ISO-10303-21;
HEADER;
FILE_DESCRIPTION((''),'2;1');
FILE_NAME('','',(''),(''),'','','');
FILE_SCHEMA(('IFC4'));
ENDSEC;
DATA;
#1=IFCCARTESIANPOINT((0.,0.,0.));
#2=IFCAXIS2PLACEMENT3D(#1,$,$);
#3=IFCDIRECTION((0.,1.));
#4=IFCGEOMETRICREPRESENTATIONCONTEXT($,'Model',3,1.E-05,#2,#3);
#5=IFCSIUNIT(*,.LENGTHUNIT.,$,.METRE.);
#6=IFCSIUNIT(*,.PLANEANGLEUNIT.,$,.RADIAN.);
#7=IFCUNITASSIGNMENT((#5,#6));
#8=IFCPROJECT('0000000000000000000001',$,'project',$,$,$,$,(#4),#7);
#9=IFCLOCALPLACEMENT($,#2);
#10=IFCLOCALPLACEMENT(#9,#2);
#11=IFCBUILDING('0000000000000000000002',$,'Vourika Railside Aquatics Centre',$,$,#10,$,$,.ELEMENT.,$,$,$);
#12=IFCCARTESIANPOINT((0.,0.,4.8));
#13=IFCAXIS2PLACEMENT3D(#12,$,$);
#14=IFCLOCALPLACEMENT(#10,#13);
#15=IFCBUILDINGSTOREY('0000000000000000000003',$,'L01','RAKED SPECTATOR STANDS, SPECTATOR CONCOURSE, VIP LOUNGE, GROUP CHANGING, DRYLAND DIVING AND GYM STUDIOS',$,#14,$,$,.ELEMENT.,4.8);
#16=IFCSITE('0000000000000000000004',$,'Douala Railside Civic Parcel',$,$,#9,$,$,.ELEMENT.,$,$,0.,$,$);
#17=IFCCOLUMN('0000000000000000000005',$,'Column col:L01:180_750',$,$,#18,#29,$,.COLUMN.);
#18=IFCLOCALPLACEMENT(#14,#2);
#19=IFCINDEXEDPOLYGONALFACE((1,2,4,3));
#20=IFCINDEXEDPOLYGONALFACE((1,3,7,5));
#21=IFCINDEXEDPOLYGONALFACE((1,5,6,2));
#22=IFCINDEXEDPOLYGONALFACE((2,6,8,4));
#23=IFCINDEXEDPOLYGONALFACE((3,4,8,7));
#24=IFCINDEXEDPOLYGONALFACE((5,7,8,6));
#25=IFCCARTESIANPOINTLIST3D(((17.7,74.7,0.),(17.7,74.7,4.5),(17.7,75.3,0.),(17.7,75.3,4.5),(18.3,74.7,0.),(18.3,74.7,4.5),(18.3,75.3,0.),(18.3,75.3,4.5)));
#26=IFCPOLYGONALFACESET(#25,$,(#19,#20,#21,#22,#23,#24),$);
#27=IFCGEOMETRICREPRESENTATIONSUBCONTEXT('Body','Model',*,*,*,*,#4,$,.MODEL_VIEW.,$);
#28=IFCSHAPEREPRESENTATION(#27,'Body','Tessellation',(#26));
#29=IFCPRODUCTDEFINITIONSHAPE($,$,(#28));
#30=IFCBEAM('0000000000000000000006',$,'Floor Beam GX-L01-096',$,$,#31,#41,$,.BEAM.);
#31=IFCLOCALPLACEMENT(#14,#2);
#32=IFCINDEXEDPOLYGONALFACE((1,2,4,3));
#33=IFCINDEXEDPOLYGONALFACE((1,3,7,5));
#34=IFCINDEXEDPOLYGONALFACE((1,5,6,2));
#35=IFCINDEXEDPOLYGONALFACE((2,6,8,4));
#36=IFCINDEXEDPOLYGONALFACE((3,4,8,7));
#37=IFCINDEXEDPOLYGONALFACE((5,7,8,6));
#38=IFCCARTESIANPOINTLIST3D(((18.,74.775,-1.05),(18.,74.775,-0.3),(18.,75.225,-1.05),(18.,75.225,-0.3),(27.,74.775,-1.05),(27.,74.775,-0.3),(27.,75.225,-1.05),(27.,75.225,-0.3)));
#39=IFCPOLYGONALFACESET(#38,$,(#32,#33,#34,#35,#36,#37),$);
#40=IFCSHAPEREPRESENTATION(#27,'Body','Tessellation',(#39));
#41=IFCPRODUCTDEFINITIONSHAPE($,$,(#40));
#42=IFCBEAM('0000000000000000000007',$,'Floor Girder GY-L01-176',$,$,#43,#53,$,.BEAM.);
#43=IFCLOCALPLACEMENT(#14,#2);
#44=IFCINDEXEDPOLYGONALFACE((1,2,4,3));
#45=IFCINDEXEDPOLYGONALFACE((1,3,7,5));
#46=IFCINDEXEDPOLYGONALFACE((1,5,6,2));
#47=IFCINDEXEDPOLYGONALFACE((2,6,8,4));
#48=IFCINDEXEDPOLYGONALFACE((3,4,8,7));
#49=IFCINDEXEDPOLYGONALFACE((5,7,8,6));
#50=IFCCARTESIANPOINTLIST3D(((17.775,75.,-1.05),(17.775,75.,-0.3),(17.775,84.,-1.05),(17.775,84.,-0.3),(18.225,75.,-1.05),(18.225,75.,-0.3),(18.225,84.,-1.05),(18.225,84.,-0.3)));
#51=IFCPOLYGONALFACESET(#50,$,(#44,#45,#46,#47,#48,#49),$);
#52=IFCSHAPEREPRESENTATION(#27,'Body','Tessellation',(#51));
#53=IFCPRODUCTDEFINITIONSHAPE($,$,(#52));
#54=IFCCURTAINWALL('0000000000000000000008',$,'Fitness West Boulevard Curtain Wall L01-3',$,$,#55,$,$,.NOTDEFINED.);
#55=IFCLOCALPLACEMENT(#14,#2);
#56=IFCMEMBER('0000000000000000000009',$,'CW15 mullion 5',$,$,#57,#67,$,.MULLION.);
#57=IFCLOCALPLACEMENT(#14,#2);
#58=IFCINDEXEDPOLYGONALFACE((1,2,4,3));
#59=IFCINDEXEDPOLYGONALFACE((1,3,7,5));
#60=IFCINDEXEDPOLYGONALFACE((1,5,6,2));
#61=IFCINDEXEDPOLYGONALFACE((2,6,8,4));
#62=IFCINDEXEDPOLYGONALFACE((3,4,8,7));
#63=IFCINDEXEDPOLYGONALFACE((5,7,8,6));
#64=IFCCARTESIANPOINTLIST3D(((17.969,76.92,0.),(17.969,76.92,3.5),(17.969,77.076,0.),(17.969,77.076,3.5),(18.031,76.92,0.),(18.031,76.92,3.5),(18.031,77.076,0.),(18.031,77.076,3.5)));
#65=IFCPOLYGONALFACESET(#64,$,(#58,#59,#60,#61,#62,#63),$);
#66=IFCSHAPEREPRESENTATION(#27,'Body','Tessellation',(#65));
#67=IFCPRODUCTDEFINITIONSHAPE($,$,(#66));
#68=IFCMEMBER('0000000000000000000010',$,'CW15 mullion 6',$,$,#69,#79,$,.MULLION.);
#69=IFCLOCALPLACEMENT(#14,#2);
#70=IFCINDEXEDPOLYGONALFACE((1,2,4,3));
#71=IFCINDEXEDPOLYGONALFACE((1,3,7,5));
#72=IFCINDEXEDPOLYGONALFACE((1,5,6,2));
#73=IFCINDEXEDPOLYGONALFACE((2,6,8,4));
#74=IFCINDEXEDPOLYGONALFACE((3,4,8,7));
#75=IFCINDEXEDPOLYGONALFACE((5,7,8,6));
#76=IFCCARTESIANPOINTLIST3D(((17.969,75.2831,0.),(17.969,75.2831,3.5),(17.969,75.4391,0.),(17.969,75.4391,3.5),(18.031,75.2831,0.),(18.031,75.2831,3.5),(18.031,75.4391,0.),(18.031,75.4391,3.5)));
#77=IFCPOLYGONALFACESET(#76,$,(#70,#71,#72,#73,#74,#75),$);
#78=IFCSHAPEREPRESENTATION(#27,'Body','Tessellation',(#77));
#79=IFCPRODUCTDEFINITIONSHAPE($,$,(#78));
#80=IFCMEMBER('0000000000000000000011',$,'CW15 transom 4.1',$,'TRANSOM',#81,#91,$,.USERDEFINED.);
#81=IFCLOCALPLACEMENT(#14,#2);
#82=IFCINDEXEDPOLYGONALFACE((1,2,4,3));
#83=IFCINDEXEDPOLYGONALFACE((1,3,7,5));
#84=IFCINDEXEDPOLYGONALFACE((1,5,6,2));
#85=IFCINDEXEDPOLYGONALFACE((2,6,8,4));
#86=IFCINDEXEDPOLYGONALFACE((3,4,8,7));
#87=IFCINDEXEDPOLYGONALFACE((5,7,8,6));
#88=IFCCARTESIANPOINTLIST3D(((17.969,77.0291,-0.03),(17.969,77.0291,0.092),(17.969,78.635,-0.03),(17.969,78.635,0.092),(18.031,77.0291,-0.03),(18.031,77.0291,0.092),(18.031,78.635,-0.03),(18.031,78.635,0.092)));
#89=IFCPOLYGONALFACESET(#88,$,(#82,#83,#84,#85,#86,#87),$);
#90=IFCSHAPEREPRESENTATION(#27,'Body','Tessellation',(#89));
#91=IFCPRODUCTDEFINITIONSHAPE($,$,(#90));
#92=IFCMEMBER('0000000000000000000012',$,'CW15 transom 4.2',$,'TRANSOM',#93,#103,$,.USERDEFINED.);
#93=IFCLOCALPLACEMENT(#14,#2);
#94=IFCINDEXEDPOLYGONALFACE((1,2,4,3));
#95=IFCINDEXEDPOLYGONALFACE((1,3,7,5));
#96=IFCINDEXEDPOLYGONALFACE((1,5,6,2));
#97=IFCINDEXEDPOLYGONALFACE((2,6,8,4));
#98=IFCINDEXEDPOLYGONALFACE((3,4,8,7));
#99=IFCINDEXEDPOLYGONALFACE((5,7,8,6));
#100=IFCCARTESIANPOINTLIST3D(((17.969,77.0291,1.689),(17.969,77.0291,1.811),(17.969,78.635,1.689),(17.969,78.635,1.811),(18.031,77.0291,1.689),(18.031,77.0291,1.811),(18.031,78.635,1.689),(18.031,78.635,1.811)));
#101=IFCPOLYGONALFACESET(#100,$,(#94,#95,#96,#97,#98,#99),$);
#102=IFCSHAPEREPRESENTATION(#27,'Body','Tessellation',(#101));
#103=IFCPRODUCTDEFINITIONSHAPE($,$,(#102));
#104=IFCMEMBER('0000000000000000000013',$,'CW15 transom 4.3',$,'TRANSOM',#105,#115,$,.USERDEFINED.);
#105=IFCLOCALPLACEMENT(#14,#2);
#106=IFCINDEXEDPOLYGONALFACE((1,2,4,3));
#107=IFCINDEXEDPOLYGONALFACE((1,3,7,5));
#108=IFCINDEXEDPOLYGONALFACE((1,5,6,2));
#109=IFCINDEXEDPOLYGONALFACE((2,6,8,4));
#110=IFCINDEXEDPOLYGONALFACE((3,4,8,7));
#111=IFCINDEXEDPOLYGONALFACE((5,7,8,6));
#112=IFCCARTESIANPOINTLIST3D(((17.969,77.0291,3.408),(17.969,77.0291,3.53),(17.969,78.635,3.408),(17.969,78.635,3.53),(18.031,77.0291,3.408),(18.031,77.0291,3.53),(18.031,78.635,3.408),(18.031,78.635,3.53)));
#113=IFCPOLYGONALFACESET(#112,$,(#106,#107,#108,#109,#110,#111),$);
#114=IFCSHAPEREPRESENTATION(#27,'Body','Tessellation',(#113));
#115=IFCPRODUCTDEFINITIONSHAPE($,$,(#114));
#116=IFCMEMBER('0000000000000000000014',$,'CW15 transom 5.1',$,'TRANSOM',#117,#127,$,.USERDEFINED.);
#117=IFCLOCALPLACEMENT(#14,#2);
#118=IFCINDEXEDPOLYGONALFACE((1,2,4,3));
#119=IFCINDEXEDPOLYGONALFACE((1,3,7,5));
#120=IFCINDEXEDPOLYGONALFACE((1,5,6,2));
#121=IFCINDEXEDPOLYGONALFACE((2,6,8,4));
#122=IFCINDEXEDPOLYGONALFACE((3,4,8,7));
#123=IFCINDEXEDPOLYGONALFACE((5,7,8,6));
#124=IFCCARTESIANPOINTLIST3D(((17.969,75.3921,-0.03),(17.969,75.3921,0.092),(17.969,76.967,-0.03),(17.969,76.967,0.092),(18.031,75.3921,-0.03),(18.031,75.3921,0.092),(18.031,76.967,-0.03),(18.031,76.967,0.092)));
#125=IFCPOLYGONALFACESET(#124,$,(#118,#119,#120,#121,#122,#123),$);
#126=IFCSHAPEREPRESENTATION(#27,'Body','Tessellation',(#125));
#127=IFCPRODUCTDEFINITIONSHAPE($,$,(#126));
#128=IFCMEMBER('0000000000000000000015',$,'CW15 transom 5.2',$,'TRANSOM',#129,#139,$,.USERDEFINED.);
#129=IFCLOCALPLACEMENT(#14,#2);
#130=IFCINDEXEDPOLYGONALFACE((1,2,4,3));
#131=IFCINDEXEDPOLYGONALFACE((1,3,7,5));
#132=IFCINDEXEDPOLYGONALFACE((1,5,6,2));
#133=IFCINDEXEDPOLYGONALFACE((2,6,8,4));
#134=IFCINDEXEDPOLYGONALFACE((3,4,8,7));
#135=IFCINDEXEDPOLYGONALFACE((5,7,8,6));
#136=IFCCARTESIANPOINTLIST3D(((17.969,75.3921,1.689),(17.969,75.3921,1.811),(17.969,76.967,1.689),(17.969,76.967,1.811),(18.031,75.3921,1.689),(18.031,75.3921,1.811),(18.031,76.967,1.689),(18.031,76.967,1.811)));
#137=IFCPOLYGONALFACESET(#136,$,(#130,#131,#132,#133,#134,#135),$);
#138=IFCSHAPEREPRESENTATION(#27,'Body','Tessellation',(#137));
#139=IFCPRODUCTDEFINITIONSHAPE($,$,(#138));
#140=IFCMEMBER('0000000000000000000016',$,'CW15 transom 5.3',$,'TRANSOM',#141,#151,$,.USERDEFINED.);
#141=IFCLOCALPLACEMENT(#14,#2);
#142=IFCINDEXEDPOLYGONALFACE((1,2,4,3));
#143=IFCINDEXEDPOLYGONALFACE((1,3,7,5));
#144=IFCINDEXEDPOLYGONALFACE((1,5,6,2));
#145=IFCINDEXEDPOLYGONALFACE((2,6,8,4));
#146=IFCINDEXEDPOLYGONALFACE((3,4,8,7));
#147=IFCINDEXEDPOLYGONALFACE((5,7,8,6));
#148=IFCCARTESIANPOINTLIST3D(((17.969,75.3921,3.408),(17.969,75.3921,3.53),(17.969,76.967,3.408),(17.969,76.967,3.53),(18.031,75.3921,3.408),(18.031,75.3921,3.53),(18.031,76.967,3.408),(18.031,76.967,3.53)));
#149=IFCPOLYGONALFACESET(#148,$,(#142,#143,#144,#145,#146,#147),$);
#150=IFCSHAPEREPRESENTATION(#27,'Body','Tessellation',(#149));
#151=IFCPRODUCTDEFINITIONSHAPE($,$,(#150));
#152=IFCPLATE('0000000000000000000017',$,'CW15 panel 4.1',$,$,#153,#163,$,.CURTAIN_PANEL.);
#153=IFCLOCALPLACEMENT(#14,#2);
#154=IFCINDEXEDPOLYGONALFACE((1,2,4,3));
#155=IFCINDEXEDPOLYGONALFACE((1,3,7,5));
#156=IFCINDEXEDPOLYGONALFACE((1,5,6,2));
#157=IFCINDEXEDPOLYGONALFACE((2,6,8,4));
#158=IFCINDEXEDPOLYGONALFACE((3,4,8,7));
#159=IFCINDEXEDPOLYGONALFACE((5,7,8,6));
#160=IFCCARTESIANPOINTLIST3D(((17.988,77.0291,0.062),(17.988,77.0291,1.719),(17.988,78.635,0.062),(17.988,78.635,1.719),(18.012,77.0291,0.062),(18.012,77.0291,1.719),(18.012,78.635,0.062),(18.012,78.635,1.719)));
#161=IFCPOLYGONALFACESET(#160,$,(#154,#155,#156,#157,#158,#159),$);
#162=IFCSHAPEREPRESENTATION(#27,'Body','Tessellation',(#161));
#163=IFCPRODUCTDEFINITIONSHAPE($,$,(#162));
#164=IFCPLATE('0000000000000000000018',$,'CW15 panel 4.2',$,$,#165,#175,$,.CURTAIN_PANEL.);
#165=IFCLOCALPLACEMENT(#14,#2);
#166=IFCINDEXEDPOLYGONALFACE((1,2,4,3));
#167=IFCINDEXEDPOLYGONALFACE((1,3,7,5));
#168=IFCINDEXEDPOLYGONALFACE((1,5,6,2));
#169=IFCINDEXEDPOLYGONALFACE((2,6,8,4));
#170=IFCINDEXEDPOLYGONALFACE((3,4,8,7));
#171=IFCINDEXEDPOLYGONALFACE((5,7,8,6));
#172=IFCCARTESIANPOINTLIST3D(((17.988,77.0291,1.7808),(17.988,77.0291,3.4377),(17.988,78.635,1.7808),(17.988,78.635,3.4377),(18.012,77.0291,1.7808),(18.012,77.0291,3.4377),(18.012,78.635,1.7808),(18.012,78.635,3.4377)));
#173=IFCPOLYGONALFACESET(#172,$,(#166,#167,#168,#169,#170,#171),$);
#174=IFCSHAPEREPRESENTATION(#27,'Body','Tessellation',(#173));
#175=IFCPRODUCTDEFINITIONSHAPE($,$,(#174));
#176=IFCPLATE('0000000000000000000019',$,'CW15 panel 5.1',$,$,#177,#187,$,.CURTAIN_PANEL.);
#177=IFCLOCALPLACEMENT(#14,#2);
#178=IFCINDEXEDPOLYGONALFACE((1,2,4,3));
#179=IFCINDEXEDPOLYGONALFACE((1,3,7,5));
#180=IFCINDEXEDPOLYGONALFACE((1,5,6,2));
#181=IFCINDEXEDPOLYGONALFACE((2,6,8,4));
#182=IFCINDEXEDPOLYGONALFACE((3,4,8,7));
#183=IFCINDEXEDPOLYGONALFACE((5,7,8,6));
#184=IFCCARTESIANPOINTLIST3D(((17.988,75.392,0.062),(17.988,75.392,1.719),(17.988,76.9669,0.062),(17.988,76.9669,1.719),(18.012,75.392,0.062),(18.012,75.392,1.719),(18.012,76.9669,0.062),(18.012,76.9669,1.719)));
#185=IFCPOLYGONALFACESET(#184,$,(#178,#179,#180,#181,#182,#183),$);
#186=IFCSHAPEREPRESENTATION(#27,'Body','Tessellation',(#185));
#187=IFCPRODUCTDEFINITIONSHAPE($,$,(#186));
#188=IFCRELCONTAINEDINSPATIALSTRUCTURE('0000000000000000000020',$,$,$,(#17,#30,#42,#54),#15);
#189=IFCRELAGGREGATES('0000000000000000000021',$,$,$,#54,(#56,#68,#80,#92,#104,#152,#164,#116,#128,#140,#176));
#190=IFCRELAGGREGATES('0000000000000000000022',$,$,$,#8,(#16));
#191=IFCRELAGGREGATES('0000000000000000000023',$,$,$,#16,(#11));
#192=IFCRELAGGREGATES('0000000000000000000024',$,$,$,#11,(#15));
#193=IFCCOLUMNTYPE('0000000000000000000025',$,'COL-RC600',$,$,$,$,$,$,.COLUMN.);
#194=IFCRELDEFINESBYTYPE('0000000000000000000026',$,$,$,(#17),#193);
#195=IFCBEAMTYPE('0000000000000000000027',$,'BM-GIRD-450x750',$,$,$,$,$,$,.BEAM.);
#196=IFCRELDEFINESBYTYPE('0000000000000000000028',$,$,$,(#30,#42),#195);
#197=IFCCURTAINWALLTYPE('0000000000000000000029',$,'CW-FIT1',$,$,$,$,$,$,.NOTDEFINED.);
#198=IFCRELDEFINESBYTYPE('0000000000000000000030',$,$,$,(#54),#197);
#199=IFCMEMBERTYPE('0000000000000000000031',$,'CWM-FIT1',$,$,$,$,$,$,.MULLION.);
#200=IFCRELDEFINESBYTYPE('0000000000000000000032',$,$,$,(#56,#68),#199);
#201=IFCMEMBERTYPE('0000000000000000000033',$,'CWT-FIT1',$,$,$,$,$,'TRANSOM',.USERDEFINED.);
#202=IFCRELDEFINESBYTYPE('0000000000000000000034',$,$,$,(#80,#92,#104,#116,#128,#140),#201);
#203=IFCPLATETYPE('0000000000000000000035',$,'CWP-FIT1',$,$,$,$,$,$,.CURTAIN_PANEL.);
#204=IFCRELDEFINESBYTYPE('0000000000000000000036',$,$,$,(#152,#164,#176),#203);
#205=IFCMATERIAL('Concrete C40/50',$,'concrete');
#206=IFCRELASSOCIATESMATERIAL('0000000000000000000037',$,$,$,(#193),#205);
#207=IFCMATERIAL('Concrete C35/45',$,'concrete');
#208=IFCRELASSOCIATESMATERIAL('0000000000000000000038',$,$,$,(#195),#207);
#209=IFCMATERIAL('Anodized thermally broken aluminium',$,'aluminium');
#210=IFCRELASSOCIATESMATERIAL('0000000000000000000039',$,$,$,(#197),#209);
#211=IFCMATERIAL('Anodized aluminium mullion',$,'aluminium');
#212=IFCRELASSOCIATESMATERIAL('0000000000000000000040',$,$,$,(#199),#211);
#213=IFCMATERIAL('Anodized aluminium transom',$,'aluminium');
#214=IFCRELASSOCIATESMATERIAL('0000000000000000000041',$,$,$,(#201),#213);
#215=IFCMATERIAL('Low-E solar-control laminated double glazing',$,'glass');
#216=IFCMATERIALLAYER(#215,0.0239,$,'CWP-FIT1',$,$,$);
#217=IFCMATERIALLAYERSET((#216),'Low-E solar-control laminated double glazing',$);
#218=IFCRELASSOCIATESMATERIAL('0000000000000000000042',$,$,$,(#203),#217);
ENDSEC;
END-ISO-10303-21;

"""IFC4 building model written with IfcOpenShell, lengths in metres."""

from ifc_helpers import new_model, si_unit, direction, frame, origin, origin_2d, place, context, subcontext, project, spatial, rectangle, extrude, material, layer, layer_set, material_profile, profile_set, type_object, element, aggregate, save


model = new_model("IFC4")

# Units and contexts
model_context = context("Model", 3, precision=1e-05, world=origin(), true_north=direction((0.0, 1.0)))
body_context = subcontext(model_context, "Body", "Model", "MODEL_VIEW")
ifc_project = project(units=[si_unit("LENGTHUNIT", "METRE"), si_unit("PLANEANGLEUNIT", "RADIAN")], contexts=[model_context])

# Site, building, storey
site_placement = place(None, origin())
site = spatial("IfcSite", under=ifc_project, at=site_placement, Name="Douala Railside Civic Parcel", CompositionType="ELEMENT", RefElevation=0.0)
building_placement = place(site_placement, origin())
building = spatial("IfcBuilding", under=site, at=building_placement, Name="Vourika Railside Aquatics Centre", CompositionType="ELEMENT")
storey_placement = place(building_placement, frame((0.0, 0.0, 4.8)))
storey = spatial("IfcBuildingStorey", under=building, at=storey_placement, Name="L01", Description="RAKED SPECTATOR STANDS, SPECTATOR CONCOURSE, VIP LOUNGE, GROUP CHANGING, DRYLAND DIVING AND GYM STUDIOS", CompositionType="ELEMENT", Elevation=4.8)

# Column
ifc_material_1 = material(Name="Concrete C40/50", Category="concrete")
ifc_material_profile_1 = material_profile(ifc_material_1, rectangle(XDim=0.6001, YDim=0.6001, at=origin_2d()), Name="RC 600x600")
ifc_profile_set_1 = profile_set([ifc_material_profile_1], Name="Concrete C40/50")
column_type = type_object("IfcColumnType", Name="COL-RC600", PredefinedType="COLUMN", material=ifc_profile_set_1)
column_placement = place(storey_placement, frame((18.0, 75.0, 0.0), z_axis=(0.0, 0.0, 1.0), x_axis=(1.0, 0.0, 0.0)))
element("IfcColumn", 1, at=column_placement, inside=storey, type_object=column_type, Name="Column col:L01:180_750", PredefinedType="COLUMN", context=body_context, shape_type="SweptSolid", body=[
    extrude(rectangle(XDim=0.6001, YDim=0.6001, at=origin_2d()), origin(), (0.0, 0.0, 1.0), 4.5),
])

# Beams
ifc_material_2 = material(Name="Concrete C35/45", Category="concrete")
ifc_material_profile_2 = material_profile(ifc_material_2, rectangle(XDim=0.45, YDim=0.75, at=origin_2d()), Name="RC 450x750")
ifc_profile_set_2 = profile_set([ifc_material_profile_2], Name="Concrete C35/45")
beam_type = type_object("IfcBeamType", Name="BM-GIRD-450x750", PredefinedType="BEAM", material=ifc_profile_set_2)
for number, where, z_axis, x_axis, name in (
    (2, (18.0, 75.0, -0.675), (1.0, 0.0, 0.0), (0.0, 1.0, 0.0), "Floor Beam GX-L01-096"),
    (3, (18.0, 75.0, -0.675), (0.0, 1.0, 0.0), (-1.0, 0.0, 0.0), "Floor Girder GY-L01-176"),
):
    element("IfcBeam", number, at=place(storey_placement, frame(where, z_axis=z_axis, x_axis=x_axis)), inside=storey, type_object=beam_type, Name=name, PredefinedType="BEAM", context=body_context, shape_type="SweptSolid", body=[
        extrude(rectangle(XDim=0.45, YDim=0.75, at=origin_2d()), origin(), (0.0, 0.0, 1.0), 9.0),
    ])

# Curtain wall, members, plates
ifc_material_3 = material(Name="Anodized thermally broken aluminium", Category="aluminium")
curtain_wall_type = type_object("IfcCurtainWallType", Name="CW-FIT1", PredefinedType="NOTDEFINED", material=ifc_material_3)
curtain_wall_placement = place(storey_placement, origin())
curtain_wall = element("IfcCurtainWall", 4, at=curtain_wall_placement, inside=storey, type_object=curtain_wall_type, Name="Fitness West Boulevard Curtain Wall L01-3", PredefinedType="NOTDEFINED")
ifc_material_4 = material(Name="Anodized aluminium mullion", Category="aluminium")
ifc_material_profile_3 = material_profile(ifc_material_4, rectangle(XDim=0.062, YDim=0.156, at=origin_2d()), Name="ALU-M 62x156")
ifc_profile_set_3 = profile_set([ifc_material_profile_3], Name="Anodized aluminium mullion")
member_type_1 = type_object("IfcMemberType", Name="CWM-FIT1", PredefinedType="MULLION", material=ifc_profile_set_3)
member_1_placement = place(storey_placement, frame((18.0, 76.998, 0.0), z_axis=(0.0, 0.0, 1.0), x_axis=(1.0, 0.0, 0.0)))
member_1 = element("IfcMember", 5, at=member_1_placement, type_object=member_type_1, Name="CW15 mullion 5", PredefinedType="MULLION", context=body_context, shape_type="SweptSolid", body=[
    extrude(rectangle(XDim=0.062, YDim=0.156, at=origin_2d()), origin(), (0.0, 0.0, 1.0), 3.5),
])
member_2_placement = place(storey_placement, frame((18.0, 75.3611, 0.0), z_axis=(0.0, 0.0, 1.0), x_axis=(1.0, 0.0, 0.0)))
member_2 = element("IfcMember", 6, at=member_2_placement, type_object=member_type_1, Name="CW15 mullion 6", PredefinedType="MULLION", context=body_context, shape_type="SweptSolid", body=[
    extrude(rectangle(XDim=0.062, YDim=0.156, at=origin_2d()), origin(), (0.0, 0.0, 1.0), 3.5),
])
ifc_material_5 = material(Name="Anodized aluminium transom", Category="aluminium")
ifc_material_profile_4 = material_profile(ifc_material_5, rectangle(XDim=0.062, YDim=0.1221, at=origin_2d()), Name="ALU-T 62x122")
ifc_profile_set_4 = profile_set([ifc_material_profile_4], Name="Anodized aluminium transom")
member_type_2 = type_object("IfcMemberType", Name="CWT-FIT1", ElementType="TRANSOM", PredefinedType="USERDEFINED", material=ifc_profile_set_4)
member_3_placement = place(storey_placement, frame((18.0, 78.635, 0.031), z_axis=(0.0, -1.0, 0.0), x_axis=(1.0, 0.0, 0.0)))
member_3 = element("IfcMember", 7, at=member_3_placement, type_object=member_type_2, Name="CW15 transom 4.1", ObjectType="TRANSOM", PredefinedType="USERDEFINED", context=body_context, shape_type="SweptSolid", body=[
    extrude(rectangle(XDim=0.062, YDim=0.1221, at=origin_2d()), origin(), (0.0, 0.0, 1.0), 1.606),
])
member_4_placement = place(storey_placement, frame((18.0, 78.635, 1.75), z_axis=(0.0, -1.0, 0.0), x_axis=(1.0, 0.0, 0.0)))
member_4 = element("IfcMember", 8, at=member_4_placement, type_object=member_type_2, Name="CW15 transom 4.2", ObjectType="TRANSOM", PredefinedType="USERDEFINED", context=body_context, shape_type="SweptSolid", body=[
    extrude(rectangle(XDim=0.062, YDim=0.1221, at=origin_2d()), origin(), (0.0, 0.0, 1.0), 1.606),
])
member_5_placement = place(storey_placement, frame((18.0, 78.635, 3.469), z_axis=(0.0, -1.0, 0.0), x_axis=(1.0, 0.0, 0.0)))
member_5 = element("IfcMember", 9, at=member_5_placement, type_object=member_type_2, Name="CW15 transom 4.3", ObjectType="TRANSOM", PredefinedType="USERDEFINED", context=body_context, shape_type="SweptSolid", body=[
    extrude(rectangle(XDim=0.062, YDim=0.1221, at=origin_2d()), origin(), (0.0, 0.0, 1.0), 1.606),
])
member_6_placement = place(storey_placement, frame((18.0, 76.967, 0.031), z_axis=(0.0, -1.0, 0.0), x_axis=(1.0, 0.0, 0.0)))
member_6 = element("IfcMember", 10, at=member_6_placement, type_object=member_type_2, Name="CW15 transom 5.1", ObjectType="TRANSOM", PredefinedType="USERDEFINED", context=body_context, shape_type="SweptSolid", body=[
    extrude(rectangle(XDim=0.062, YDim=0.1221, at=origin_2d()), origin(), (0.0, 0.0, 1.0), 1.575),
])
member_7_placement = place(storey_placement, frame((18.0, 76.967, 1.75), z_axis=(0.0, -1.0, 0.0), x_axis=(1.0, 0.0, 0.0)))
member_7 = element("IfcMember", 11, at=member_7_placement, type_object=member_type_2, Name="CW15 transom 5.2", ObjectType="TRANSOM", PredefinedType="USERDEFINED", context=body_context, shape_type="SweptSolid", body=[
    extrude(rectangle(XDim=0.062, YDim=0.1221, at=origin_2d()), origin(), (0.0, 0.0, 1.0), 1.575),
])
member_8_placement = place(storey_placement, frame((18.0, 76.967, 3.469), z_axis=(0.0, -1.0, 0.0), x_axis=(1.0, 0.0, 0.0)))
member_8 = element("IfcMember", 12, at=member_8_placement, type_object=member_type_2, Name="CW15 transom 5.3", ObjectType="TRANSOM", PredefinedType="USERDEFINED", context=body_context, shape_type="SweptSolid", body=[
    extrude(rectangle(XDim=0.062, YDim=0.1221, at=origin_2d()), origin(), (0.0, 0.0, 1.0), 1.575),
])
ifc_material_6 = material(Name="Low-E solar-control laminated double glazing", Category="glass")
ifc_layer_1 = layer(ifc_material_6, 0.0239, Name="CWP-FIT1")
ifc_layer_set_1 = layer_set([ifc_layer_1], Name="Low-E solar-control laminated double glazing")
plate_type = type_object("IfcPlateType", Name="CWP-FIT1", PredefinedType="CURTAIN_PANEL", material=ifc_layer_set_1)
plate_1_placement = place(storey_placement, frame((18.0, 77.832, 0.062), z_axis=(0.0, 0.0, 1.0), x_axis=(0.0, -1.0, 0.0)))
plate_1 = element("IfcPlate", 13, at=plate_1_placement, type_object=plate_type, Name="CW15 panel 4.1", PredefinedType="CURTAIN_PANEL", context=body_context, shape_type="SweptSolid", body=[
    extrude(rectangle(XDim=1.606, YDim=0.0239, at=origin_2d()), origin(), (0.0, 0.0, 1.0), 1.657),
])
plate_2_placement = place(storey_placement, frame((18.0, 77.832, 1.7808), z_axis=(0.0, 0.0, 1.0), x_axis=(0.0, -1.0, 0.0)))
plate_2 = element("IfcPlate", 14, at=plate_2_placement, type_object=plate_type, Name="CW15 panel 4.2", PredefinedType="CURTAIN_PANEL", context=body_context, shape_type="SweptSolid", body=[
    extrude(rectangle(XDim=1.606, YDim=0.0239, at=origin_2d()), origin(), (0.0, 0.0, 1.0), 1.657),
])
plate_3_placement = place(storey_placement, frame((18.0, 76.1794, 0.062), z_axis=(0.0, 0.0, 1.0), x_axis=(0.0, -1.0, 0.0)))
plate_3 = element("IfcPlate", 15, at=plate_3_placement, type_object=plate_type, Name="CW15 panel 5.1", PredefinedType="CURTAIN_PANEL", context=body_context, shape_type="SweptSolid", body=[
    extrude(rectangle(XDim=1.575, YDim=0.0239, at=origin_2d()), origin(), (0.0, 0.0, 1.0), 1.657),
])
aggregate(curtain_wall, [member_1, member_2, member_3, member_4, member_5, plate_1, plate_2, member_6, member_7, member_8, plate_3])

save(model, "model.ifc")
